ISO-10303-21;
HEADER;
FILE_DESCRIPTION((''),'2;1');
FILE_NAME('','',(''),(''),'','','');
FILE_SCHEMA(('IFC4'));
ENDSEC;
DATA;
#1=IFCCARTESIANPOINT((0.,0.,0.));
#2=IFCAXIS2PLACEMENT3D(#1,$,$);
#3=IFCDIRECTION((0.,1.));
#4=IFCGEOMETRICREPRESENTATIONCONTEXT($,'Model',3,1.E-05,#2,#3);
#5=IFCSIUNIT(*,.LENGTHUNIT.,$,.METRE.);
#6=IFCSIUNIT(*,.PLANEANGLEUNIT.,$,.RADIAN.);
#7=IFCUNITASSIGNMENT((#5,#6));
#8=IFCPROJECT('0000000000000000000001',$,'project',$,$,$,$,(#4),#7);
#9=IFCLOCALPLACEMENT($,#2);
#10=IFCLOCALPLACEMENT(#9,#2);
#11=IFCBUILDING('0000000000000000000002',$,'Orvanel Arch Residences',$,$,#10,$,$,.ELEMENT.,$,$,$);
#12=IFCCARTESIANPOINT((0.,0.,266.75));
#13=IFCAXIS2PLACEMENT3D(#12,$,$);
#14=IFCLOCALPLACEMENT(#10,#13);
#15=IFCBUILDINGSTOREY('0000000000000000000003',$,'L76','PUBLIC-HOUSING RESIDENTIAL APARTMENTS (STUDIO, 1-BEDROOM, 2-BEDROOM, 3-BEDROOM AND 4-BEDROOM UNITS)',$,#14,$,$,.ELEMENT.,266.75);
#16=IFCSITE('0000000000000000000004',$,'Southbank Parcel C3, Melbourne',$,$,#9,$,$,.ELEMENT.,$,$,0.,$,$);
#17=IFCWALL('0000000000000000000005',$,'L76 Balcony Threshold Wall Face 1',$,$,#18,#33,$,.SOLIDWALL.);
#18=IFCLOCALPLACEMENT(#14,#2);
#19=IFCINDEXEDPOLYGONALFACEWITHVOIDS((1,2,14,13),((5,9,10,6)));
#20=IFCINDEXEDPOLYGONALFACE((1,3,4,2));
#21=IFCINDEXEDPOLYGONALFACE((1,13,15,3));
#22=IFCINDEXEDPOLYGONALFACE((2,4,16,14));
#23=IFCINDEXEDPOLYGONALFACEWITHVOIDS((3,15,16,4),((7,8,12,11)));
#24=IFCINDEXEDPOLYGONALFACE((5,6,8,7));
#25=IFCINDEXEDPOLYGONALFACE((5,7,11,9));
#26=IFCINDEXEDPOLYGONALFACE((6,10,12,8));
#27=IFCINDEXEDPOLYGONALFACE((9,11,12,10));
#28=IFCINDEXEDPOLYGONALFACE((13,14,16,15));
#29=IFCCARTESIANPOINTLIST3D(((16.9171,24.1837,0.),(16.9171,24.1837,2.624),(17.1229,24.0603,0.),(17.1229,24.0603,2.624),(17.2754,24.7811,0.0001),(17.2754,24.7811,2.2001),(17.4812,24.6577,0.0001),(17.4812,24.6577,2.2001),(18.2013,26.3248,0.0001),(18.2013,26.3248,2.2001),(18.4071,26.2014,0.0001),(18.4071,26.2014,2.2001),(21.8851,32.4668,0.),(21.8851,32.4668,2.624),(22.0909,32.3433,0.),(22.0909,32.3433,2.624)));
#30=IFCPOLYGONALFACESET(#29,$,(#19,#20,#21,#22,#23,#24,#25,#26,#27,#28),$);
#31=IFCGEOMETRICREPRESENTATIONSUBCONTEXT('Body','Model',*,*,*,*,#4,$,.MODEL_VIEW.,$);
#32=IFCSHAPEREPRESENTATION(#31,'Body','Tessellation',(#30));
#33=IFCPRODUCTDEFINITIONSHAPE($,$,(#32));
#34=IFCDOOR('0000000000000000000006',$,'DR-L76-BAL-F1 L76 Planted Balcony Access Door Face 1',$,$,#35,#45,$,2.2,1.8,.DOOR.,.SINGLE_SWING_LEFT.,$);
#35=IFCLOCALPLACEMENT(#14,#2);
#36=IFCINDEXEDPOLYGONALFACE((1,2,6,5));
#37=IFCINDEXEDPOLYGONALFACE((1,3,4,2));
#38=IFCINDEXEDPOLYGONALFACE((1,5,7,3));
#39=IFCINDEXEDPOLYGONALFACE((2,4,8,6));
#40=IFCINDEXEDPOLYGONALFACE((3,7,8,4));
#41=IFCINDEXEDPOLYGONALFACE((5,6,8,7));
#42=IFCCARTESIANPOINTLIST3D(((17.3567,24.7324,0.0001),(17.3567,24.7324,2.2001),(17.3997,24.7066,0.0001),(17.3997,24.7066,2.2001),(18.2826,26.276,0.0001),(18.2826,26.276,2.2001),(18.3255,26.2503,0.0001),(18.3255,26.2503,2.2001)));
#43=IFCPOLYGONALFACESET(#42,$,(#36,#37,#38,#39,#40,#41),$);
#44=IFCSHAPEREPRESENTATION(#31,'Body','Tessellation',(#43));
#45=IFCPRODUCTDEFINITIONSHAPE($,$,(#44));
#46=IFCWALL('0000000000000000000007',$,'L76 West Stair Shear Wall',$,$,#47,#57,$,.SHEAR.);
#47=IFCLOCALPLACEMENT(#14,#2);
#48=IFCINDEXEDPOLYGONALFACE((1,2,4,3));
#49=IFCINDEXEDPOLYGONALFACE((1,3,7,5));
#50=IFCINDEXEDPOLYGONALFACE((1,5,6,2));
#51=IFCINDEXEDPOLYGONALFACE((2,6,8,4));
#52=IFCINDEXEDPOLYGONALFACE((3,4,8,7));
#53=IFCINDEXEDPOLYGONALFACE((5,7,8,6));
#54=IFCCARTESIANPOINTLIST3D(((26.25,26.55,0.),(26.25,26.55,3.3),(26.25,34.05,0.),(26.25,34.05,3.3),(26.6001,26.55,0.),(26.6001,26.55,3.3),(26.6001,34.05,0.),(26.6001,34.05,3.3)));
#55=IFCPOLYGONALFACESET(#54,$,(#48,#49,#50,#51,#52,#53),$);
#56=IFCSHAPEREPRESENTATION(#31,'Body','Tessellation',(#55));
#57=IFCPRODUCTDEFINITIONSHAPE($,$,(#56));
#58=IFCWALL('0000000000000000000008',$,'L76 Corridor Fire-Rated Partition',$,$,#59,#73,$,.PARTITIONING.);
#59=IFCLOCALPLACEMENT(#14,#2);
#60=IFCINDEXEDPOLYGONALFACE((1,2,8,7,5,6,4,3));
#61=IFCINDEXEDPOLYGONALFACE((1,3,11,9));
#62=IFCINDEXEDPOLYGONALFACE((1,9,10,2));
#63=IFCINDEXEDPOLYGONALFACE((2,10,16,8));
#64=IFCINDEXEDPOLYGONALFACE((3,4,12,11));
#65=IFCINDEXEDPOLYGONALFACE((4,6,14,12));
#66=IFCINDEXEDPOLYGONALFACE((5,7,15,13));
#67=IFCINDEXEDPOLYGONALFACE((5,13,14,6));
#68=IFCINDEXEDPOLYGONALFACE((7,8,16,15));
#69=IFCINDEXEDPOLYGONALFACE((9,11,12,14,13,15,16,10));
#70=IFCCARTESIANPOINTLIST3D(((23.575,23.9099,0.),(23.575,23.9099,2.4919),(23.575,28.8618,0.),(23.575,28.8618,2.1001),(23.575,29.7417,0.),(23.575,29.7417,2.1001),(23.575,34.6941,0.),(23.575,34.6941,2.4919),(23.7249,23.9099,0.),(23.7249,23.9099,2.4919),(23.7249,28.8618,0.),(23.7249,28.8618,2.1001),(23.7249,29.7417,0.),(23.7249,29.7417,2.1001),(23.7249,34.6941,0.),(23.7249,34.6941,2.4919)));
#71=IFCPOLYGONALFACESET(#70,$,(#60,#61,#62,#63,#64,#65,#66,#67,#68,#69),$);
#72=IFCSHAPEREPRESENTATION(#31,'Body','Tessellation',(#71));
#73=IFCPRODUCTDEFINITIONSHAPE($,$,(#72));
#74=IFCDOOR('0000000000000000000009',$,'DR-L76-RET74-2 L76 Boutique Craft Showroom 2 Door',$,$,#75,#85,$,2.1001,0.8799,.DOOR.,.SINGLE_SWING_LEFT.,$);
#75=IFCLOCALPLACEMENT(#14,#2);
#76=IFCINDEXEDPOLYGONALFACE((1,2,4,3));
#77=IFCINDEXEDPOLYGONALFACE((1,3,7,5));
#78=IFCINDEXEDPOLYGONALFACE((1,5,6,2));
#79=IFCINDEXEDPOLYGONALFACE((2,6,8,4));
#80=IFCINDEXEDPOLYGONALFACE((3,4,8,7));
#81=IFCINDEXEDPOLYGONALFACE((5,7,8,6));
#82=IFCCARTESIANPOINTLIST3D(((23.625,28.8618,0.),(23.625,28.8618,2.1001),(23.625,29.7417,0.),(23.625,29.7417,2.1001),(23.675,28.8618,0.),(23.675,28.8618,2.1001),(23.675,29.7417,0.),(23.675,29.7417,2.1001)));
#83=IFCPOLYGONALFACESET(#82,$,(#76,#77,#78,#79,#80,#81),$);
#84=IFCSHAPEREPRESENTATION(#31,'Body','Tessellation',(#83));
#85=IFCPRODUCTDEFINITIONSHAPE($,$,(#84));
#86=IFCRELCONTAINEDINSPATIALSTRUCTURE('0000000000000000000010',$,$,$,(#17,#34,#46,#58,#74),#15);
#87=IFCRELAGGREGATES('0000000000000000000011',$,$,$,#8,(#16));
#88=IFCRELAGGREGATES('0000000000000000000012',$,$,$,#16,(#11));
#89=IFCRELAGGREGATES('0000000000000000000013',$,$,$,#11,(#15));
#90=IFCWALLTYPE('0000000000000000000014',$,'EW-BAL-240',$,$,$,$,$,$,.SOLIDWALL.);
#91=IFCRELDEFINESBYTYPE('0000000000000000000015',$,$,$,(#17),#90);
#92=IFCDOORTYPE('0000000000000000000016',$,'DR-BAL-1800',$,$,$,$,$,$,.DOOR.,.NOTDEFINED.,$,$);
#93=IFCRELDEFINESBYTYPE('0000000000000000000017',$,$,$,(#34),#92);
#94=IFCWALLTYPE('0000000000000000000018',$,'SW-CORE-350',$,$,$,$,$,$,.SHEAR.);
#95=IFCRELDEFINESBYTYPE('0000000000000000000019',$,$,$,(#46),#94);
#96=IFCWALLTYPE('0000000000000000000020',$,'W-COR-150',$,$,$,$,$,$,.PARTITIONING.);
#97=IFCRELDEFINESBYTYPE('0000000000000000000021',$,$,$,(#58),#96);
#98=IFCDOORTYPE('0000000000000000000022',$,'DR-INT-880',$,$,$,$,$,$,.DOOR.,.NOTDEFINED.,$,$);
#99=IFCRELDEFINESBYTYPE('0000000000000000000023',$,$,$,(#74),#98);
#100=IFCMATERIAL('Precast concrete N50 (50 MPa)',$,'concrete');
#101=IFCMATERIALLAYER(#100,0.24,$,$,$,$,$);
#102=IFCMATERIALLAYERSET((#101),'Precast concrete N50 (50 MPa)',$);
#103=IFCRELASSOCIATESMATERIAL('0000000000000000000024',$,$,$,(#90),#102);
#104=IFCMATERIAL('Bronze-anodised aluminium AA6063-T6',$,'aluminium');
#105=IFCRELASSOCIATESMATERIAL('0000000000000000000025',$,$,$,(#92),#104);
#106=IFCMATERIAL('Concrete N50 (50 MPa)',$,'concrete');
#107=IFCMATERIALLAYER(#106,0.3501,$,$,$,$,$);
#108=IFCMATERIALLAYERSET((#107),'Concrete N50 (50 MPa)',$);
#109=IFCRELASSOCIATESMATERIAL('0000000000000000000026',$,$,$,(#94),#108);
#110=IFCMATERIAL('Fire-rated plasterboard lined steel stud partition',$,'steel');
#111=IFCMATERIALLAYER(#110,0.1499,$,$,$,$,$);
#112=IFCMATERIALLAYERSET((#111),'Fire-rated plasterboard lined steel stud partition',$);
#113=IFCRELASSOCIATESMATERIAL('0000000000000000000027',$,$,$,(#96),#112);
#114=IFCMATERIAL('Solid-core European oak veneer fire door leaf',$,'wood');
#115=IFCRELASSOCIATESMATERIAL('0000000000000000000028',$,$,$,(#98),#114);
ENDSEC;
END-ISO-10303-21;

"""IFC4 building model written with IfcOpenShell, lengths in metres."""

from ifc_helpers import new_model, si_unit, direction, frame, frame_2d, origin, place, context, subcontext, project, spatial, rectangle, extrude, material, layer, layer_set, type_object, element, fill, save


model = new_model("IFC4")

# Units and contexts
model_context = context("Model", 3, precision=1e-05, world=origin(), true_north=direction((0.0, 1.0)))
body_context = subcontext(model_context, "Body", "Model", "MODEL_VIEW")
ifc_project = project(units=[si_unit("LENGTHUNIT", "METRE"), si_unit("PLANEANGLEUNIT", "RADIAN")], contexts=[model_context])

# Site, building, storey
site_placement = place(None, origin())
site = spatial("IfcSite", under=ifc_project, at=site_placement, Name="Southbank Parcel C3, Melbourne", CompositionType="ELEMENT", RefElevation=0.0)
building_placement = place(site_placement, origin())
building = spatial("IfcBuilding", under=site, at=building_placement, Name="Orvanel Arch Residences", CompositionType="ELEMENT")
storey_placement = place(building_placement, frame((0.0, 0.0, 266.75)))
storey = spatial("IfcBuildingStorey", under=building, at=storey_placement, Name="L76", Description="PUBLIC-HOUSING RESIDENTIAL APARTMENTS (STUDIO, 1-BEDROOM, 2-BEDROOM, 3-BEDROOM AND 4-BEDROOM UNITS)", CompositionType="ELEMENT", Elevation=266.75)

# Shared definitions
ifc_material_1 = material(Name="Bronze-anodised aluminium AA6063-T6", Category="aluminium")

# Wall, opening, door
ifc_material_2 = material(Name="Precast concrete N50 (50 MPa)", Category="concrete")
ifc_layer_1 = layer(ifc_material_2, 0.24)
ifc_layer_set_1 = layer_set([ifc_layer_1], Name="Precast concrete N50 (50 MPa)")
wall_type_1 = type_object("IfcWallType", Name="EW-BAL-240", PredefinedType="SOLIDWALL", material=ifc_layer_set_1)
wall_1_placement = place(storey_placement, frame((21.988, 32.405, 0.0), z_axis=(0.0, 0.0, 1.0), x_axis=(-0.514362, -0.857573, 0.0)))
wall_1 = element("IfcWall", 1, at=wall_1_placement, inside=storey, type_object=wall_type_1, Name="L76 Balcony Threshold Wall Face 1", PredefinedType="SOLIDWALL", context=body_context, shape_type="SweptSolid", body=[
    extrude(rectangle(XDim=9.6587, YDim=0.24, at=frame_2d((4.8293, 0.0))), origin(), (0.0, 0.0, 1.0), 2.624),
])
opening_1_placement = place(wall_1_placement, frame((7.1621, 0.0, 0.0)))
opening_1 = element("IfcOpeningElement", 2, at=opening_1_placement, cuts=wall_1, PredefinedType="OPENING", context=body_context, shape_type="SweptSolid", body=[
    extrude(rectangle(XDim=1.8, YDim=2.2, at=frame_2d((0.8999, 1.1001))), frame((0.0, 0.1299, 0.0), z_axis=(0.0, -1.0, 0.0), x_axis=(1.0, 0.0, 0.0)), (0.0, 0.0, 1.0), 0.26),
])
door_type_1 = type_object("IfcDoorType", Name="DR-BAL-1800", OperationType="NOTDEFINED", PredefinedType="DOOR", material=ifc_material_1)
door_1_placement = place(opening_1_placement, origin())
door_1 = element("IfcDoor", 3, at=door_1_placement, inside=storey, type_object=door_type_1, Name="DR-L76-BAL-F1 L76 Planted Balcony Access Door Face 1", OperationType="SINGLE_SWING_LEFT", OverallHeight=2.2, OverallWidth=1.8, PredefinedType="DOOR", context=body_context, shape_type="SweptSolid", body=[
    extrude(rectangle(XDim=1.8, YDim=2.2, at=frame_2d((0.8999, 1.1001))), frame((0.0, 0.0249, 0.0), z_axis=(0.0, -1.0, 0.0), x_axis=(1.0, 0.0, 0.0)), (0.0, 0.0, 1.0), 0.05),
])
fill(opening_1, door_1)

# Shared definitions
ifc_material_3 = material(Name="Concrete N50 (50 MPa)", Category="concrete")
ifc_layer_2 = layer(ifc_material_3, 0.3501)
ifc_layer_set_2 = layer_set([ifc_layer_2], Name="Concrete N50 (50 MPa)")
wall_type_2 = type_object("IfcWallType", Name="SW-CORE-350", PredefinedType="SHEAR", material=ifc_layer_set_2)

# Wall
wall_2_placement = place(storey_placement, frame((26.425, 26.55, 0.0), z_axis=(0.0, 0.0, 1.0), x_axis=(0.0, 1.0, 0.0)))
element("IfcWall", 4, at=wall_2_placement, inside=storey, type_object=wall_type_2, Name="L76 West Stair Shear Wall", PredefinedType="SHEAR", context=body_context, shape_type="SweptSolid", body=[
    extrude(rectangle(XDim=7.5, YDim=0.3501, at=frame_2d((3.75, 0.0))), origin(), (0.0, 0.0, 1.0), 3.3),
])

# Wall, opening, door
ifc_material_4 = material(Name="Fire-rated plasterboard lined steel stud partition", Category="steel")
ifc_layer_3 = layer(ifc_material_4, 0.1499)
ifc_layer_set_3 = layer_set([ifc_layer_3], Name="Fire-rated plasterboard lined steel stud partition")
wall_type_3 = type_object("IfcWallType", Name="W-COR-150", PredefinedType="PARTITIONING", material=ifc_layer_set_3)
wall_3_placement = place(storey_placement, frame((23.6499, 23.9099, 0.0), z_axis=(0.0, 0.0, 1.0), x_axis=(0.0, 1.0, 0.0)))
wall_3 = element("IfcWall", 5, at=wall_3_placement, inside=storey, type_object=wall_type_3, Name="L76 Corridor Fire-Rated Partition", PredefinedType="PARTITIONING", context=body_context, shape_type="SweptSolid", body=[
    extrude(rectangle(XDim=10.7842, YDim=0.1499, at=frame_2d((5.3921, 0.0))), origin(), (0.0, 0.0, 1.0), 2.4919),
])
opening_2_placement = place(wall_3_placement, frame((4.9519, 0.0, 0.0)))
opening_2 = element("IfcOpeningElement", 6, at=opening_2_placement, cuts=wall_3, PredefinedType="OPENING", context=body_context, shape_type="SweptSolid", body=[
    extrude(rectangle(XDim=0.8799, YDim=2.1001, at=frame_2d((0.4399, 1.05))), frame((0.0, 0.085, 0.0), z_axis=(0.0, -1.0, 0.0), x_axis=(1.0, 0.0, 0.0)), (0.0, 0.0, 1.0), 0.1699),
])
ifc_material_5 = material(Name="Solid-core European oak veneer fire door leaf", Category="wood")
door_type_2 = type_object("IfcDoorType", Name="DR-INT-880", OperationType="NOTDEFINED", PredefinedType="DOOR", material=ifc_material_5)
door_2_placement = place(opening_2_placement, origin())
door_2 = element("IfcDoor", 7, at=door_2_placement, inside=storey, type_object=door_type_2, Name="DR-L76-RET74-2 L76 Boutique Craft Showroom 2 Door", OperationType="SINGLE_SWING_LEFT", OverallHeight=2.1001, OverallWidth=0.8799, PredefinedType="DOOR", context=body_context, shape_type="SweptSolid", body=[
    extrude(rectangle(XDim=0.8799, YDim=2.1001, at=frame_2d((0.4399, 1.05))), frame((0.0, 0.0249, 0.0), z_axis=(0.0, -1.0, 0.0), x_axis=(1.0, 0.0, 0.0)), (0.0, 0.0, 1.0), 0.05),
])
fill(opening_2, door_2)

save(model, "model.ifc")
